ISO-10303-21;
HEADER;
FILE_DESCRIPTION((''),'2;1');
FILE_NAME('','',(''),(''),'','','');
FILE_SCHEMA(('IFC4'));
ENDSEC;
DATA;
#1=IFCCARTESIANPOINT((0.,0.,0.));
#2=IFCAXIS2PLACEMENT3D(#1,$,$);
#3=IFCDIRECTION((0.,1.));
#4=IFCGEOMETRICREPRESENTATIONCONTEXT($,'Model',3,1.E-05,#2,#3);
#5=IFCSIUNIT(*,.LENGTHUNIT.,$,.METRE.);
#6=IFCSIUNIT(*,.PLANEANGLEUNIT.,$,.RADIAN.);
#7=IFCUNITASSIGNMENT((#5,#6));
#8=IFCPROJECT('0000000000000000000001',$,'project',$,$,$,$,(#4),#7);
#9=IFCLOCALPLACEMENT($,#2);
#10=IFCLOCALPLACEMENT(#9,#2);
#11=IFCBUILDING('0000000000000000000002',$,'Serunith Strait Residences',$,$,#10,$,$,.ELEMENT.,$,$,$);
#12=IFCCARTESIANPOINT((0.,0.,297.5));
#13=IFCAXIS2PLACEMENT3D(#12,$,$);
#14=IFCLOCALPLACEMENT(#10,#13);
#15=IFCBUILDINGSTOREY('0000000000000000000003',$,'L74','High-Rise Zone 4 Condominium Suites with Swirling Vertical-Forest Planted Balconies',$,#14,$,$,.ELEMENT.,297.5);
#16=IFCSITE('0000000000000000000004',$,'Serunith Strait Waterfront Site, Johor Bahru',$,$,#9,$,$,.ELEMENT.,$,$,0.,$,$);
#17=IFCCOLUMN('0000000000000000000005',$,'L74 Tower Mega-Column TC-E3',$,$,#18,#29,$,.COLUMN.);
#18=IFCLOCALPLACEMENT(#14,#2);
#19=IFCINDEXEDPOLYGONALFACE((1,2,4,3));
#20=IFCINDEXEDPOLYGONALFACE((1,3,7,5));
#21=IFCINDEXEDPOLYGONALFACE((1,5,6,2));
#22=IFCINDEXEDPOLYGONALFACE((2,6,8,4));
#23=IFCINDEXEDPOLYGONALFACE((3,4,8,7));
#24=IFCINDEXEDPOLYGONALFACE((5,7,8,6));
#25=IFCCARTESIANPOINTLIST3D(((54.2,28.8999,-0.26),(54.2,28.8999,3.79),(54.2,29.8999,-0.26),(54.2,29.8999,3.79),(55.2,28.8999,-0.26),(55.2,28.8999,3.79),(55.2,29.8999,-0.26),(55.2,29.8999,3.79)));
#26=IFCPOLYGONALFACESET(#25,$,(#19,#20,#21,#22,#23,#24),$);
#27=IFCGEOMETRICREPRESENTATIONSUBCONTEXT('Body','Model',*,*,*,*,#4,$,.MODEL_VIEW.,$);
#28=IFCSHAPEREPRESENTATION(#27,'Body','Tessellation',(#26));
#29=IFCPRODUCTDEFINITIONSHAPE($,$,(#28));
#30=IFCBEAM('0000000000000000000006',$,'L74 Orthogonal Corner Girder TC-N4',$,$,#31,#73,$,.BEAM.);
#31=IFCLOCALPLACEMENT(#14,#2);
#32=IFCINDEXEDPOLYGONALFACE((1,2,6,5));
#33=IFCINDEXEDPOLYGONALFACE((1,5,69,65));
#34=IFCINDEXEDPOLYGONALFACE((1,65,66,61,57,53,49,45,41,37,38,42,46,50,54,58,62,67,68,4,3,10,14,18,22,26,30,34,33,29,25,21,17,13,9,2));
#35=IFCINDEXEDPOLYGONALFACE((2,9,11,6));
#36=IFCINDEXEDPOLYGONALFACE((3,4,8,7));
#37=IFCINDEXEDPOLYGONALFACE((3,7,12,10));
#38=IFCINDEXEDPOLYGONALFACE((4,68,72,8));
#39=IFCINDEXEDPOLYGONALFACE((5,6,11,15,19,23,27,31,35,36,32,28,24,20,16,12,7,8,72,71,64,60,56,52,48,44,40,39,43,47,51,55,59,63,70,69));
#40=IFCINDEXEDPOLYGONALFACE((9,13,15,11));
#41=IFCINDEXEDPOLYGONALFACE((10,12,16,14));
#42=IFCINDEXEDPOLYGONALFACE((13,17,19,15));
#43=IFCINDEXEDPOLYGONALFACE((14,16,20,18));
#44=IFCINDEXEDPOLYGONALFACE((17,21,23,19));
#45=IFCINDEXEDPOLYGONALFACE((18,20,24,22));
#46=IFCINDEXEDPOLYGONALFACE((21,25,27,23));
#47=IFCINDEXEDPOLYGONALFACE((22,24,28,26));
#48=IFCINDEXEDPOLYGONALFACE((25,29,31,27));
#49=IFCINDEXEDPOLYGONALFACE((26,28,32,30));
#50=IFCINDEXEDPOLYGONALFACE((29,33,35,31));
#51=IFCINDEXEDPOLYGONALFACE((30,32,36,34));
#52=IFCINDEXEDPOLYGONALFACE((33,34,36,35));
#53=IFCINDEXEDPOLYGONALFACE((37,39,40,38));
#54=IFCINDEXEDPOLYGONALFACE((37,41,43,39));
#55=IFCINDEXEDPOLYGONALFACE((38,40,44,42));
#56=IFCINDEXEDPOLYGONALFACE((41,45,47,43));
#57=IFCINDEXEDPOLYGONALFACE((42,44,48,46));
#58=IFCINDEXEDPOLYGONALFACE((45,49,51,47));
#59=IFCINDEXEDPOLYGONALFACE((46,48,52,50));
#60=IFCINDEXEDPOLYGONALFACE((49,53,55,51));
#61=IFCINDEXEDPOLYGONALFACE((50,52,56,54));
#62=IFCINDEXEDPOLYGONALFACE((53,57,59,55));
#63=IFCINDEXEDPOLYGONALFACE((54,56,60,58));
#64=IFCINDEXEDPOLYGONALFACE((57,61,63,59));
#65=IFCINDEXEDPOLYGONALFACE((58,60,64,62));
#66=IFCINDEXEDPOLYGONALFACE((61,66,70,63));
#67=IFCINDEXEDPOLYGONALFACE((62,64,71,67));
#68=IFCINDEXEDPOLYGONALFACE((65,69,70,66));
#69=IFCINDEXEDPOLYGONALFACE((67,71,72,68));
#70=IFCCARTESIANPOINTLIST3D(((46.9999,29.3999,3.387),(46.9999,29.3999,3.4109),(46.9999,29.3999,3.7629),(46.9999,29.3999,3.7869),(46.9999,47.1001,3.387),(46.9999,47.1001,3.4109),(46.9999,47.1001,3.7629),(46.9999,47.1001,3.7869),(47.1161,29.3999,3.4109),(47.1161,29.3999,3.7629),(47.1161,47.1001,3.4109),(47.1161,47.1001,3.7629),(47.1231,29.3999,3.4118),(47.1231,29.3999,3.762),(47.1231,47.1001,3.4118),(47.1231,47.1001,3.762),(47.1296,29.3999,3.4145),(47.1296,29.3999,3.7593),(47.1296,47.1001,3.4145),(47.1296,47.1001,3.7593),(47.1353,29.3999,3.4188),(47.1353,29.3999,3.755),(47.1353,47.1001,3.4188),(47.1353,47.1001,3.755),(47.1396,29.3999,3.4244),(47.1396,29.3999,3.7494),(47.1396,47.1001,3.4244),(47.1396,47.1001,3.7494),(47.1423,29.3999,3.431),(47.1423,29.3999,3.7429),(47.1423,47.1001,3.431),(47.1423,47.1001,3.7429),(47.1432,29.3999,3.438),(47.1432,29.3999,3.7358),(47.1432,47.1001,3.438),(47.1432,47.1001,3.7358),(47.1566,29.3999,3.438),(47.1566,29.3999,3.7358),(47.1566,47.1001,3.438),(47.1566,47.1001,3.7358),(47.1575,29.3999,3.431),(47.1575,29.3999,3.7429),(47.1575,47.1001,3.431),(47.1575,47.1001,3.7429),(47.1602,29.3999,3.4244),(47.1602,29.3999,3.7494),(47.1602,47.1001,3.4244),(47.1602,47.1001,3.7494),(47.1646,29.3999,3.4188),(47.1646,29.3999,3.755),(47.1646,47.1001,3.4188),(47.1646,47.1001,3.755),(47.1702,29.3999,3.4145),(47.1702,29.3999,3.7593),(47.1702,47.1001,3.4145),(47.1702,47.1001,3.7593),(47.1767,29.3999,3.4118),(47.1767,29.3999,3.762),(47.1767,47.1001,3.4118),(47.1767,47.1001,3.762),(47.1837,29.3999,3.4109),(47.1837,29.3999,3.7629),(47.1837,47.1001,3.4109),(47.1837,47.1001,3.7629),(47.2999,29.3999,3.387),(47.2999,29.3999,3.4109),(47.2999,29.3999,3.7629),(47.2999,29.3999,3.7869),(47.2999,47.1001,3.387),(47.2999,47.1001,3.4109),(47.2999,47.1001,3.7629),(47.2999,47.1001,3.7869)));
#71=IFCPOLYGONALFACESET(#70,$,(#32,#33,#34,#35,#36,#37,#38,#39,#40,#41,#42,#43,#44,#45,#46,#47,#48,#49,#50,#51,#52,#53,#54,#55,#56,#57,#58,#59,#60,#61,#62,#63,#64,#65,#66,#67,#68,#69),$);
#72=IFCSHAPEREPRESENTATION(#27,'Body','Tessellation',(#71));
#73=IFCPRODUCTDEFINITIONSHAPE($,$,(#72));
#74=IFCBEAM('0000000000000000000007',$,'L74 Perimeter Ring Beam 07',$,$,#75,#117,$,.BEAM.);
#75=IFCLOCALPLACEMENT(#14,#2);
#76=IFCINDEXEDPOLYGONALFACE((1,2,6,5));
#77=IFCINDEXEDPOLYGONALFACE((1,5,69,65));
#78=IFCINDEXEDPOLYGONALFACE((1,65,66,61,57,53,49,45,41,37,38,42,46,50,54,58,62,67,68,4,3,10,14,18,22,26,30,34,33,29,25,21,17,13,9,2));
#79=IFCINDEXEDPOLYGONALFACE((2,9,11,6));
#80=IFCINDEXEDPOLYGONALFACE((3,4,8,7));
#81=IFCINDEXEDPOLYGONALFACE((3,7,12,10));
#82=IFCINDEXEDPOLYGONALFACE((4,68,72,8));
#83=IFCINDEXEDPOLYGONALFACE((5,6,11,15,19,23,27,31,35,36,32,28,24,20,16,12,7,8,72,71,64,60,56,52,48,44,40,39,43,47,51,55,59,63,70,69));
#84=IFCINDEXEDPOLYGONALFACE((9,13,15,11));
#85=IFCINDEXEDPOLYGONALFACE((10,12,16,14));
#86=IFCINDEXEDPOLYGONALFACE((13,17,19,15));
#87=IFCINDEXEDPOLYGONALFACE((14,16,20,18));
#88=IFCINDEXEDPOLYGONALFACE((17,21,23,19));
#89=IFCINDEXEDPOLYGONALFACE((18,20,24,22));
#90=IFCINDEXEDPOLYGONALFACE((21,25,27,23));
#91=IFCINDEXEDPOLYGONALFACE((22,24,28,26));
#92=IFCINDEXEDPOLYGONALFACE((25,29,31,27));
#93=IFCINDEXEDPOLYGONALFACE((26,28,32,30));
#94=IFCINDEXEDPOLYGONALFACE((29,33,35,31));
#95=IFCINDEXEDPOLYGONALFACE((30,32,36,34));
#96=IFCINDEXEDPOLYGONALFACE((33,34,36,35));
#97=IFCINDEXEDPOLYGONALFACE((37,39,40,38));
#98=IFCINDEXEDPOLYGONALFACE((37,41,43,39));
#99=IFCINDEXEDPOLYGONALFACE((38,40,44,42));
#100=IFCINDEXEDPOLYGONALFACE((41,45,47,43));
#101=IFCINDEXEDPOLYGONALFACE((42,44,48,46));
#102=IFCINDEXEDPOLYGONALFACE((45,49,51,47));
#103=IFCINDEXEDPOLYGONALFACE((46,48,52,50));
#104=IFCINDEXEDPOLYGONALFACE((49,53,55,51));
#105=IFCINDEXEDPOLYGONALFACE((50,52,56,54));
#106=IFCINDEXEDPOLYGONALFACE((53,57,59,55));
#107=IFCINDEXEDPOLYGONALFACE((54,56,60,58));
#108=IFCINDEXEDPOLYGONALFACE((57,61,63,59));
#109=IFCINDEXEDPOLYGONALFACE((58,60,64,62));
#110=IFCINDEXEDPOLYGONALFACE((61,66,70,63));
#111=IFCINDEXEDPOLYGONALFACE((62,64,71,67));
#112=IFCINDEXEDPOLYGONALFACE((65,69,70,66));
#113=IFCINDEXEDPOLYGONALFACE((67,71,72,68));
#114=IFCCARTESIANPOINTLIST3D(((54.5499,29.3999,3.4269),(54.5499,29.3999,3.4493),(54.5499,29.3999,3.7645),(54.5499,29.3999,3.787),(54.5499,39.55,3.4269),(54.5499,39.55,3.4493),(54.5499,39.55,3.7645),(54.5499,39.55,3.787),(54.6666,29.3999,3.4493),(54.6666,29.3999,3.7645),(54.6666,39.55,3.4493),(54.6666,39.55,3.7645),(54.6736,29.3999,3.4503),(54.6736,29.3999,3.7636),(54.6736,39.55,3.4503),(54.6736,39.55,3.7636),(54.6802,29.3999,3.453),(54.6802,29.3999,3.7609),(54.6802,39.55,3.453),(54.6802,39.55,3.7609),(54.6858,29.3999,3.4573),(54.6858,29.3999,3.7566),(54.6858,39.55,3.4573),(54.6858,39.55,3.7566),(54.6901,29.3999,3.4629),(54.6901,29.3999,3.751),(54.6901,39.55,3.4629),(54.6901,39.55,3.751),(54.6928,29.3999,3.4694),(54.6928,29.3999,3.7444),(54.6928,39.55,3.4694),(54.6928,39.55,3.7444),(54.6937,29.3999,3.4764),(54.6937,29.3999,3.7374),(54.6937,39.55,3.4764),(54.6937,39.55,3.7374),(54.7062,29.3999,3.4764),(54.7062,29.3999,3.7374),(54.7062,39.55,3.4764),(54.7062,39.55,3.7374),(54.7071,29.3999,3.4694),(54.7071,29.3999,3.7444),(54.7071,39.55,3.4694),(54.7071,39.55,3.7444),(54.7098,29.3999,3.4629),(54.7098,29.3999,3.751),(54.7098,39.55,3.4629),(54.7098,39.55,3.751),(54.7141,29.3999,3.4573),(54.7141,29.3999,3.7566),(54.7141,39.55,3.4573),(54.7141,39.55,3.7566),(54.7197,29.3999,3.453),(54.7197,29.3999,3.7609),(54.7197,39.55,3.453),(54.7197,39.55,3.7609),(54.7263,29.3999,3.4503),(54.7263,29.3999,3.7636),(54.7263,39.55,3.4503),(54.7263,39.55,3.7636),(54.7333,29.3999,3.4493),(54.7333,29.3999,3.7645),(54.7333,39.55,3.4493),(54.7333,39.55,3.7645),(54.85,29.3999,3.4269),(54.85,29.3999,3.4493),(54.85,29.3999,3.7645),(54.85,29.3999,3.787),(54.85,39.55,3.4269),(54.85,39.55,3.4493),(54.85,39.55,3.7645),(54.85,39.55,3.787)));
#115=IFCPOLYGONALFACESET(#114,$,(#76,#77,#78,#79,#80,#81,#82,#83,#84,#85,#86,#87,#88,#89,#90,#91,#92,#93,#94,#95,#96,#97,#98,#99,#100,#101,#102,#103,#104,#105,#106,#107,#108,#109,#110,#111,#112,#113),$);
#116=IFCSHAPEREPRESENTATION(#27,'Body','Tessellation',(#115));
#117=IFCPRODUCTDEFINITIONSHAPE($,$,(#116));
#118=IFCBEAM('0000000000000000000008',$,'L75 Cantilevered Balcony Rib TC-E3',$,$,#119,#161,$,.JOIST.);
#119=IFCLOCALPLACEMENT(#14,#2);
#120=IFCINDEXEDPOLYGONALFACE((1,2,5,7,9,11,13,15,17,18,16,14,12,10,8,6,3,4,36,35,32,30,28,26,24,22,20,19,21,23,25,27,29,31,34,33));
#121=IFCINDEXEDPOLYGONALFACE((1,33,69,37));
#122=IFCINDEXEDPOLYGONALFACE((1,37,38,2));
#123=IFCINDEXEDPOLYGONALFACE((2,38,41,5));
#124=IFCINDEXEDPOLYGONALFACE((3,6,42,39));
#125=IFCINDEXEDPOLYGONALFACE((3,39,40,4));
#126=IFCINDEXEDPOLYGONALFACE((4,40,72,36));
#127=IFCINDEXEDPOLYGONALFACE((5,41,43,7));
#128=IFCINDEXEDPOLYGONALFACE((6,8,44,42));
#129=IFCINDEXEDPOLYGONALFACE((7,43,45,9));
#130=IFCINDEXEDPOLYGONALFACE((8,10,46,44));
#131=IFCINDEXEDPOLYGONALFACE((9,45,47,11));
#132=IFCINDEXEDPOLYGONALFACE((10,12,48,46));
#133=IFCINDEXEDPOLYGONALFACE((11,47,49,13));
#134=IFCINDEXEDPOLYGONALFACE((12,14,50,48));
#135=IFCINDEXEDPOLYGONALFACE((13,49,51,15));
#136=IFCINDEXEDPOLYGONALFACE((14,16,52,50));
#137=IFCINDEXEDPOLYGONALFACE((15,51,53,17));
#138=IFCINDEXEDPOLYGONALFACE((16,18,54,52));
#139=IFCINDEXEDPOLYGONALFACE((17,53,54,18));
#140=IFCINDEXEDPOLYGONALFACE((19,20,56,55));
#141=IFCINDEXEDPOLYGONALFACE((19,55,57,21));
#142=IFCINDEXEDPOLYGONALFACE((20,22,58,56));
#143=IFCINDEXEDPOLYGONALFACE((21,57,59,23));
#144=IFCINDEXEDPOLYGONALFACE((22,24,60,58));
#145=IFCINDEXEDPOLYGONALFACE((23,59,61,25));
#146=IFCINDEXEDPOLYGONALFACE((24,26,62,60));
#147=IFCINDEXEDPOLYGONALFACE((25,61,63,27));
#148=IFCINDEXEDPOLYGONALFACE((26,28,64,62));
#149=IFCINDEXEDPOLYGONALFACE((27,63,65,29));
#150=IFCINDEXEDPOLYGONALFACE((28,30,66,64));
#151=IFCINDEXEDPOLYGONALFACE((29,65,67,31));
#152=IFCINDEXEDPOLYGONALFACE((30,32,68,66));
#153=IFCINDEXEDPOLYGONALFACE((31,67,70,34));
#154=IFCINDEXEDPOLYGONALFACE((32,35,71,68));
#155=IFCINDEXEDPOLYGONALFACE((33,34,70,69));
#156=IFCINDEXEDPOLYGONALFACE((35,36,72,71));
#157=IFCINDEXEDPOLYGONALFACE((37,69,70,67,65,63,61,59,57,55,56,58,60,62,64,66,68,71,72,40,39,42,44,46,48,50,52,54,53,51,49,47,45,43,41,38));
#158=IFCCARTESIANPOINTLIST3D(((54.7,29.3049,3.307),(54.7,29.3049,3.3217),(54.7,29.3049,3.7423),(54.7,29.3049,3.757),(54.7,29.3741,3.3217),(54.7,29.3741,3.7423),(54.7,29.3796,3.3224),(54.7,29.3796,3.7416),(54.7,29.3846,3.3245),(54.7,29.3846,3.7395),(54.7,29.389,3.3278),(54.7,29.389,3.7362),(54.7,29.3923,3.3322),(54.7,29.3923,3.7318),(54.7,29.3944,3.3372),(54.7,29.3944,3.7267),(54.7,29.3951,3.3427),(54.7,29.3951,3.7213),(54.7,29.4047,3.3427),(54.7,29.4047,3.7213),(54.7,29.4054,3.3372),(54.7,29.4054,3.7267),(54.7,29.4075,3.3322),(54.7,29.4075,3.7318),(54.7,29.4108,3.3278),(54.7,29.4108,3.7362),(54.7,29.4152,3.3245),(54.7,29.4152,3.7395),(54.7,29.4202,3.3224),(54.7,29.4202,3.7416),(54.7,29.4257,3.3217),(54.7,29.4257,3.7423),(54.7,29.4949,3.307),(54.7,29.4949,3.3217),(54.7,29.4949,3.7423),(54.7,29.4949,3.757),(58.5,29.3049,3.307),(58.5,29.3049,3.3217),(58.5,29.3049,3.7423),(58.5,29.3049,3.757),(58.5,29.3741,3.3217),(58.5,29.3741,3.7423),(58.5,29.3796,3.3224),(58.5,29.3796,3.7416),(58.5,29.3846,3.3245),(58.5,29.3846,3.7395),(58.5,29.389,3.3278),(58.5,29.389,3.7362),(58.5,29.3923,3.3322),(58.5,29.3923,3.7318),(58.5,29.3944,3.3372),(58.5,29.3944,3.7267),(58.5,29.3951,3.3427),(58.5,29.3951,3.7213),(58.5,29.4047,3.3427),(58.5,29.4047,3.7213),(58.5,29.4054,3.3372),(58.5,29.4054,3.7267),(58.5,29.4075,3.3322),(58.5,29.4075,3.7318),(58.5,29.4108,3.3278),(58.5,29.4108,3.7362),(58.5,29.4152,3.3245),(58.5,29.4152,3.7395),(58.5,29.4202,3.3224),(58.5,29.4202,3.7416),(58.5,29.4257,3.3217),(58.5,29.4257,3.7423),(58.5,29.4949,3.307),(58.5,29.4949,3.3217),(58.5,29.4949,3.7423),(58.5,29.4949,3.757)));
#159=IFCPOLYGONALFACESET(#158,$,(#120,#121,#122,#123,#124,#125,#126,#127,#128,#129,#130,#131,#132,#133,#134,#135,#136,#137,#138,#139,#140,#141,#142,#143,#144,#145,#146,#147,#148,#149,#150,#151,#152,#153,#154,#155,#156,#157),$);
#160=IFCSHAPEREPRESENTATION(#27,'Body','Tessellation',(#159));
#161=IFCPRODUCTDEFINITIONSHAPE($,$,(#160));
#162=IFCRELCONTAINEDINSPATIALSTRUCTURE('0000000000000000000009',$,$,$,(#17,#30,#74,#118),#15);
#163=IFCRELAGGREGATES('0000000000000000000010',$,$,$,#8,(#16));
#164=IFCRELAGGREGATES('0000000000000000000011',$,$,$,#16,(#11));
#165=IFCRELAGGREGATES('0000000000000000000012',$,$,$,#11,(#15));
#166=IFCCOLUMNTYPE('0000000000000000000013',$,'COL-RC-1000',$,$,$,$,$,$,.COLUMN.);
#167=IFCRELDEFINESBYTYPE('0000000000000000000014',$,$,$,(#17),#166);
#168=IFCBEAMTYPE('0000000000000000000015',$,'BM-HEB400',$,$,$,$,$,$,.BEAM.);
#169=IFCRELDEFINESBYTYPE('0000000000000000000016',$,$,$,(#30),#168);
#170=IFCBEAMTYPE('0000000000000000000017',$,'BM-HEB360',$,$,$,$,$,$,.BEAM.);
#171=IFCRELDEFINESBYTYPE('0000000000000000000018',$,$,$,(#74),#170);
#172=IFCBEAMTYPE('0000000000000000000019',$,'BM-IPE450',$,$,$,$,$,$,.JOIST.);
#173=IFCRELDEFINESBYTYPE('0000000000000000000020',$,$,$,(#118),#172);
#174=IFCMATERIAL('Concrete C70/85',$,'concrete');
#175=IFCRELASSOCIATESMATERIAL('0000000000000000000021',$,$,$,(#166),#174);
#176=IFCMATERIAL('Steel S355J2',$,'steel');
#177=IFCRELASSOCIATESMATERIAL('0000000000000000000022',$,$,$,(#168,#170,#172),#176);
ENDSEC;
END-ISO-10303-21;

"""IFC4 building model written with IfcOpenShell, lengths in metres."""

from ifc_helpers import new_model, si_unit, direction, frame, origin, origin_2d, place, context, subcontext, project, spatial, rectangle, i_section, extrude, source, transform, mapped, material, material_profile, profile_set, type_object, element, save


model = new_model("IFC4")

# Units and contexts
model_context = context("Model", 3, precision=1e-05, world=origin(), true_north=direction((0.0, 1.0)))
body_context = subcontext(model_context, "Body", "Model", "MODEL_VIEW")
ifc_project = project(units=[si_unit("LENGTHUNIT", "METRE"), si_unit("PLANEANGLEUNIT", "RADIAN")], contexts=[model_context])

# Site, building, storey
site_placement = place(None, origin())
site = spatial("IfcSite", under=ifc_project, at=site_placement, Name="Serunith Strait Waterfront Site, Johor Bahru", CompositionType="ELEMENT", RefElevation=0.0)
building_placement = place(site_placement, origin())
building = spatial("IfcBuilding", under=site, at=building_placement, Name="Serunith Strait Residences", CompositionType="ELEMENT")
storey_placement = place(building_placement, frame((0.0, 0.0, 297.5)))
storey = spatial("IfcBuildingStorey", under=building, at=storey_placement, Name="L74", Description="High-Rise Zone 4 Condominium Suites with Swirling Vertical-Forest Planted Balconies", CompositionType="ELEMENT", Elevation=297.5)

# Column
ifc_material_1 = material(Name="Concrete C70/85", Category="concrete")
ifc_material_profile_1 = material_profile(ifc_material_1, rectangle(XDim=1.0, YDim=1.0, at=origin_2d()), Name="RC 1000x1000")
ifc_profile_set_1 = profile_set([ifc_material_profile_1], Name="Concrete C70/85")
column_type = type_object("IfcColumnType", Name="COL-RC-1000", PredefinedType="COLUMN", material=ifc_profile_set_1)
shared_shape_1 = source(origin(), body_context, "Body", "SweptSolid", [
    extrude(rectangle(XDim=1.0, YDim=1.0, at=origin_2d()), origin(), (0.0, 0.0, 1.0), 4.05),
])
column_placement = place(storey_placement, frame((54.7, 29.3999, -0.26), z_axis=(0.0, 0.0, 1.0), x_axis=(1.0, 0.0, 0.0)))
element("IfcColumn", 1, at=column_placement, inside=storey, type_object=column_type, Name="L74 Tower Mega-Column TC-E3", PredefinedType="COLUMN", context=body_context, shape_type="MappedRepresentation", body=[
    mapped(shared_shape_1, transform((0.0, 0.0, 0.0), scale=1.0)),
])

# Beams
ifc_material_2 = material(Name="Steel S355J2", Category="steel")
ifc_material_profile_2 = material_profile(ifc_material_2, i_section(OverallWidth=0.3, OverallDepth=0.3999, WebThickness=0.0134, FlangeThickness=0.0239, FilletRadius=0.0271, at=origin_2d()), Name="HEB 400")
ifc_profile_set_2 = profile_set([ifc_material_profile_2], Name="Steel S355J2")
beam_type_1 = type_object("IfcBeamType", Name="BM-HEB400", PredefinedType="BEAM", material=ifc_profile_set_2)
shared_shape_2 = source(origin(), body_context, "Body", "SweptSolid", [
    extrude(i_section(OverallWidth=0.3, OverallDepth=0.3999, WebThickness=0.0134, FlangeThickness=0.0239, FilletRadius=0.0271, at=origin_2d()), origin(), (0.0, 0.0, 1.0), 17.7002),
])
beam_1_placement = place(storey_placement, frame((47.1499, 29.3999, 3.5869), z_axis=(0.0, 1.0, 0.0), x_axis=(-1.0, 0.0, 0.0)))
element("IfcBeam", 2, at=beam_1_placement, inside=storey, type_object=beam_type_1, Name="L74 Orthogonal Corner Girder TC-N4", PredefinedType="BEAM", context=body_context, shape_type="MappedRepresentation", body=[
    mapped(shared_shape_2, transform((0.0, 0.0, 0.0), scale=1.0)),
])
ifc_material_profile_3 = material_profile(ifc_material_2, i_section(OverallWidth=0.3, OverallDepth=0.3601, WebThickness=0.0125, FlangeThickness=0.0225, FilletRadius=0.0271, at=origin_2d()), Name="HEB 360")
ifc_profile_set_3 = profile_set([ifc_material_profile_3], Name="Steel S355J2")
beam_type_2 = type_object("IfcBeamType", Name="BM-HEB360", PredefinedType="BEAM", material=ifc_profile_set_3)
shared_shape_3 = source(origin(), body_context, "Body", "SweptSolid", [
    extrude(i_section(OverallWidth=0.3, OverallDepth=0.3601, WebThickness=0.0125, FlangeThickness=0.0225, FilletRadius=0.0271, at=origin_2d()), origin(), (0.0, 0.0, 1.0), 10.1501),
])
beam_2_placement = place(storey_placement, frame((54.7, 29.3999, 3.6069), z_axis=(0.0, 1.0, 0.0), x_axis=(-1.0, 0.0, 0.0)))
element("IfcBeam", 3, at=beam_2_placement, inside=storey, type_object=beam_type_2, Name="L74 Perimeter Ring Beam 07", PredefinedType="BEAM", context=body_context, shape_type="MappedRepresentation", body=[
    mapped(shared_shape_3, transform((0.0, 0.0, 0.0), scale=1.0)),
])
ifc_material_profile_4 = material_profile(ifc_material_2, i_section(OverallWidth=0.1899, OverallDepth=0.45, WebThickness=0.0095, FlangeThickness=0.0146, FilletRadius=0.021, at=origin_2d()), Name="IPE 450")
ifc_profile_set_4 = profile_set([ifc_material_profile_4], Name="Steel S355J2")
beam_type_3 = type_object("IfcBeamType", Name="BM-IPE450", PredefinedType="JOIST", material=ifc_profile_set_4)
shared_shape_4 = source(origin(), body_context, "Body", "SweptSolid", [
    extrude(i_section(OverallWidth=0.1899, OverallDepth=0.45, WebThickness=0.0095, FlangeThickness=0.0146, FilletRadius=0.021, at=origin_2d()), origin(), (0.0, 0.0, 1.0), 3.8),
])
beam_3_placement = place(storey_placement, frame((54.7, 29.3999, 3.532), z_axis=(1.0, 0.0, 0.0), x_axis=(0.0, 1.0, 0.0)))
element("IfcBeam", 4, at=beam_3_placement, inside=storey, type_object=beam_type_3, Name="L75 Cantilevered Balcony Rib TC-E3", PredefinedType="JOIST", context=body_context, shape_type="MappedRepresentation", body=[
    mapped(shared_shape_4, transform((0.0, 0.0, 0.0), scale=1.0)),
])

save(model, "model.ifc")
